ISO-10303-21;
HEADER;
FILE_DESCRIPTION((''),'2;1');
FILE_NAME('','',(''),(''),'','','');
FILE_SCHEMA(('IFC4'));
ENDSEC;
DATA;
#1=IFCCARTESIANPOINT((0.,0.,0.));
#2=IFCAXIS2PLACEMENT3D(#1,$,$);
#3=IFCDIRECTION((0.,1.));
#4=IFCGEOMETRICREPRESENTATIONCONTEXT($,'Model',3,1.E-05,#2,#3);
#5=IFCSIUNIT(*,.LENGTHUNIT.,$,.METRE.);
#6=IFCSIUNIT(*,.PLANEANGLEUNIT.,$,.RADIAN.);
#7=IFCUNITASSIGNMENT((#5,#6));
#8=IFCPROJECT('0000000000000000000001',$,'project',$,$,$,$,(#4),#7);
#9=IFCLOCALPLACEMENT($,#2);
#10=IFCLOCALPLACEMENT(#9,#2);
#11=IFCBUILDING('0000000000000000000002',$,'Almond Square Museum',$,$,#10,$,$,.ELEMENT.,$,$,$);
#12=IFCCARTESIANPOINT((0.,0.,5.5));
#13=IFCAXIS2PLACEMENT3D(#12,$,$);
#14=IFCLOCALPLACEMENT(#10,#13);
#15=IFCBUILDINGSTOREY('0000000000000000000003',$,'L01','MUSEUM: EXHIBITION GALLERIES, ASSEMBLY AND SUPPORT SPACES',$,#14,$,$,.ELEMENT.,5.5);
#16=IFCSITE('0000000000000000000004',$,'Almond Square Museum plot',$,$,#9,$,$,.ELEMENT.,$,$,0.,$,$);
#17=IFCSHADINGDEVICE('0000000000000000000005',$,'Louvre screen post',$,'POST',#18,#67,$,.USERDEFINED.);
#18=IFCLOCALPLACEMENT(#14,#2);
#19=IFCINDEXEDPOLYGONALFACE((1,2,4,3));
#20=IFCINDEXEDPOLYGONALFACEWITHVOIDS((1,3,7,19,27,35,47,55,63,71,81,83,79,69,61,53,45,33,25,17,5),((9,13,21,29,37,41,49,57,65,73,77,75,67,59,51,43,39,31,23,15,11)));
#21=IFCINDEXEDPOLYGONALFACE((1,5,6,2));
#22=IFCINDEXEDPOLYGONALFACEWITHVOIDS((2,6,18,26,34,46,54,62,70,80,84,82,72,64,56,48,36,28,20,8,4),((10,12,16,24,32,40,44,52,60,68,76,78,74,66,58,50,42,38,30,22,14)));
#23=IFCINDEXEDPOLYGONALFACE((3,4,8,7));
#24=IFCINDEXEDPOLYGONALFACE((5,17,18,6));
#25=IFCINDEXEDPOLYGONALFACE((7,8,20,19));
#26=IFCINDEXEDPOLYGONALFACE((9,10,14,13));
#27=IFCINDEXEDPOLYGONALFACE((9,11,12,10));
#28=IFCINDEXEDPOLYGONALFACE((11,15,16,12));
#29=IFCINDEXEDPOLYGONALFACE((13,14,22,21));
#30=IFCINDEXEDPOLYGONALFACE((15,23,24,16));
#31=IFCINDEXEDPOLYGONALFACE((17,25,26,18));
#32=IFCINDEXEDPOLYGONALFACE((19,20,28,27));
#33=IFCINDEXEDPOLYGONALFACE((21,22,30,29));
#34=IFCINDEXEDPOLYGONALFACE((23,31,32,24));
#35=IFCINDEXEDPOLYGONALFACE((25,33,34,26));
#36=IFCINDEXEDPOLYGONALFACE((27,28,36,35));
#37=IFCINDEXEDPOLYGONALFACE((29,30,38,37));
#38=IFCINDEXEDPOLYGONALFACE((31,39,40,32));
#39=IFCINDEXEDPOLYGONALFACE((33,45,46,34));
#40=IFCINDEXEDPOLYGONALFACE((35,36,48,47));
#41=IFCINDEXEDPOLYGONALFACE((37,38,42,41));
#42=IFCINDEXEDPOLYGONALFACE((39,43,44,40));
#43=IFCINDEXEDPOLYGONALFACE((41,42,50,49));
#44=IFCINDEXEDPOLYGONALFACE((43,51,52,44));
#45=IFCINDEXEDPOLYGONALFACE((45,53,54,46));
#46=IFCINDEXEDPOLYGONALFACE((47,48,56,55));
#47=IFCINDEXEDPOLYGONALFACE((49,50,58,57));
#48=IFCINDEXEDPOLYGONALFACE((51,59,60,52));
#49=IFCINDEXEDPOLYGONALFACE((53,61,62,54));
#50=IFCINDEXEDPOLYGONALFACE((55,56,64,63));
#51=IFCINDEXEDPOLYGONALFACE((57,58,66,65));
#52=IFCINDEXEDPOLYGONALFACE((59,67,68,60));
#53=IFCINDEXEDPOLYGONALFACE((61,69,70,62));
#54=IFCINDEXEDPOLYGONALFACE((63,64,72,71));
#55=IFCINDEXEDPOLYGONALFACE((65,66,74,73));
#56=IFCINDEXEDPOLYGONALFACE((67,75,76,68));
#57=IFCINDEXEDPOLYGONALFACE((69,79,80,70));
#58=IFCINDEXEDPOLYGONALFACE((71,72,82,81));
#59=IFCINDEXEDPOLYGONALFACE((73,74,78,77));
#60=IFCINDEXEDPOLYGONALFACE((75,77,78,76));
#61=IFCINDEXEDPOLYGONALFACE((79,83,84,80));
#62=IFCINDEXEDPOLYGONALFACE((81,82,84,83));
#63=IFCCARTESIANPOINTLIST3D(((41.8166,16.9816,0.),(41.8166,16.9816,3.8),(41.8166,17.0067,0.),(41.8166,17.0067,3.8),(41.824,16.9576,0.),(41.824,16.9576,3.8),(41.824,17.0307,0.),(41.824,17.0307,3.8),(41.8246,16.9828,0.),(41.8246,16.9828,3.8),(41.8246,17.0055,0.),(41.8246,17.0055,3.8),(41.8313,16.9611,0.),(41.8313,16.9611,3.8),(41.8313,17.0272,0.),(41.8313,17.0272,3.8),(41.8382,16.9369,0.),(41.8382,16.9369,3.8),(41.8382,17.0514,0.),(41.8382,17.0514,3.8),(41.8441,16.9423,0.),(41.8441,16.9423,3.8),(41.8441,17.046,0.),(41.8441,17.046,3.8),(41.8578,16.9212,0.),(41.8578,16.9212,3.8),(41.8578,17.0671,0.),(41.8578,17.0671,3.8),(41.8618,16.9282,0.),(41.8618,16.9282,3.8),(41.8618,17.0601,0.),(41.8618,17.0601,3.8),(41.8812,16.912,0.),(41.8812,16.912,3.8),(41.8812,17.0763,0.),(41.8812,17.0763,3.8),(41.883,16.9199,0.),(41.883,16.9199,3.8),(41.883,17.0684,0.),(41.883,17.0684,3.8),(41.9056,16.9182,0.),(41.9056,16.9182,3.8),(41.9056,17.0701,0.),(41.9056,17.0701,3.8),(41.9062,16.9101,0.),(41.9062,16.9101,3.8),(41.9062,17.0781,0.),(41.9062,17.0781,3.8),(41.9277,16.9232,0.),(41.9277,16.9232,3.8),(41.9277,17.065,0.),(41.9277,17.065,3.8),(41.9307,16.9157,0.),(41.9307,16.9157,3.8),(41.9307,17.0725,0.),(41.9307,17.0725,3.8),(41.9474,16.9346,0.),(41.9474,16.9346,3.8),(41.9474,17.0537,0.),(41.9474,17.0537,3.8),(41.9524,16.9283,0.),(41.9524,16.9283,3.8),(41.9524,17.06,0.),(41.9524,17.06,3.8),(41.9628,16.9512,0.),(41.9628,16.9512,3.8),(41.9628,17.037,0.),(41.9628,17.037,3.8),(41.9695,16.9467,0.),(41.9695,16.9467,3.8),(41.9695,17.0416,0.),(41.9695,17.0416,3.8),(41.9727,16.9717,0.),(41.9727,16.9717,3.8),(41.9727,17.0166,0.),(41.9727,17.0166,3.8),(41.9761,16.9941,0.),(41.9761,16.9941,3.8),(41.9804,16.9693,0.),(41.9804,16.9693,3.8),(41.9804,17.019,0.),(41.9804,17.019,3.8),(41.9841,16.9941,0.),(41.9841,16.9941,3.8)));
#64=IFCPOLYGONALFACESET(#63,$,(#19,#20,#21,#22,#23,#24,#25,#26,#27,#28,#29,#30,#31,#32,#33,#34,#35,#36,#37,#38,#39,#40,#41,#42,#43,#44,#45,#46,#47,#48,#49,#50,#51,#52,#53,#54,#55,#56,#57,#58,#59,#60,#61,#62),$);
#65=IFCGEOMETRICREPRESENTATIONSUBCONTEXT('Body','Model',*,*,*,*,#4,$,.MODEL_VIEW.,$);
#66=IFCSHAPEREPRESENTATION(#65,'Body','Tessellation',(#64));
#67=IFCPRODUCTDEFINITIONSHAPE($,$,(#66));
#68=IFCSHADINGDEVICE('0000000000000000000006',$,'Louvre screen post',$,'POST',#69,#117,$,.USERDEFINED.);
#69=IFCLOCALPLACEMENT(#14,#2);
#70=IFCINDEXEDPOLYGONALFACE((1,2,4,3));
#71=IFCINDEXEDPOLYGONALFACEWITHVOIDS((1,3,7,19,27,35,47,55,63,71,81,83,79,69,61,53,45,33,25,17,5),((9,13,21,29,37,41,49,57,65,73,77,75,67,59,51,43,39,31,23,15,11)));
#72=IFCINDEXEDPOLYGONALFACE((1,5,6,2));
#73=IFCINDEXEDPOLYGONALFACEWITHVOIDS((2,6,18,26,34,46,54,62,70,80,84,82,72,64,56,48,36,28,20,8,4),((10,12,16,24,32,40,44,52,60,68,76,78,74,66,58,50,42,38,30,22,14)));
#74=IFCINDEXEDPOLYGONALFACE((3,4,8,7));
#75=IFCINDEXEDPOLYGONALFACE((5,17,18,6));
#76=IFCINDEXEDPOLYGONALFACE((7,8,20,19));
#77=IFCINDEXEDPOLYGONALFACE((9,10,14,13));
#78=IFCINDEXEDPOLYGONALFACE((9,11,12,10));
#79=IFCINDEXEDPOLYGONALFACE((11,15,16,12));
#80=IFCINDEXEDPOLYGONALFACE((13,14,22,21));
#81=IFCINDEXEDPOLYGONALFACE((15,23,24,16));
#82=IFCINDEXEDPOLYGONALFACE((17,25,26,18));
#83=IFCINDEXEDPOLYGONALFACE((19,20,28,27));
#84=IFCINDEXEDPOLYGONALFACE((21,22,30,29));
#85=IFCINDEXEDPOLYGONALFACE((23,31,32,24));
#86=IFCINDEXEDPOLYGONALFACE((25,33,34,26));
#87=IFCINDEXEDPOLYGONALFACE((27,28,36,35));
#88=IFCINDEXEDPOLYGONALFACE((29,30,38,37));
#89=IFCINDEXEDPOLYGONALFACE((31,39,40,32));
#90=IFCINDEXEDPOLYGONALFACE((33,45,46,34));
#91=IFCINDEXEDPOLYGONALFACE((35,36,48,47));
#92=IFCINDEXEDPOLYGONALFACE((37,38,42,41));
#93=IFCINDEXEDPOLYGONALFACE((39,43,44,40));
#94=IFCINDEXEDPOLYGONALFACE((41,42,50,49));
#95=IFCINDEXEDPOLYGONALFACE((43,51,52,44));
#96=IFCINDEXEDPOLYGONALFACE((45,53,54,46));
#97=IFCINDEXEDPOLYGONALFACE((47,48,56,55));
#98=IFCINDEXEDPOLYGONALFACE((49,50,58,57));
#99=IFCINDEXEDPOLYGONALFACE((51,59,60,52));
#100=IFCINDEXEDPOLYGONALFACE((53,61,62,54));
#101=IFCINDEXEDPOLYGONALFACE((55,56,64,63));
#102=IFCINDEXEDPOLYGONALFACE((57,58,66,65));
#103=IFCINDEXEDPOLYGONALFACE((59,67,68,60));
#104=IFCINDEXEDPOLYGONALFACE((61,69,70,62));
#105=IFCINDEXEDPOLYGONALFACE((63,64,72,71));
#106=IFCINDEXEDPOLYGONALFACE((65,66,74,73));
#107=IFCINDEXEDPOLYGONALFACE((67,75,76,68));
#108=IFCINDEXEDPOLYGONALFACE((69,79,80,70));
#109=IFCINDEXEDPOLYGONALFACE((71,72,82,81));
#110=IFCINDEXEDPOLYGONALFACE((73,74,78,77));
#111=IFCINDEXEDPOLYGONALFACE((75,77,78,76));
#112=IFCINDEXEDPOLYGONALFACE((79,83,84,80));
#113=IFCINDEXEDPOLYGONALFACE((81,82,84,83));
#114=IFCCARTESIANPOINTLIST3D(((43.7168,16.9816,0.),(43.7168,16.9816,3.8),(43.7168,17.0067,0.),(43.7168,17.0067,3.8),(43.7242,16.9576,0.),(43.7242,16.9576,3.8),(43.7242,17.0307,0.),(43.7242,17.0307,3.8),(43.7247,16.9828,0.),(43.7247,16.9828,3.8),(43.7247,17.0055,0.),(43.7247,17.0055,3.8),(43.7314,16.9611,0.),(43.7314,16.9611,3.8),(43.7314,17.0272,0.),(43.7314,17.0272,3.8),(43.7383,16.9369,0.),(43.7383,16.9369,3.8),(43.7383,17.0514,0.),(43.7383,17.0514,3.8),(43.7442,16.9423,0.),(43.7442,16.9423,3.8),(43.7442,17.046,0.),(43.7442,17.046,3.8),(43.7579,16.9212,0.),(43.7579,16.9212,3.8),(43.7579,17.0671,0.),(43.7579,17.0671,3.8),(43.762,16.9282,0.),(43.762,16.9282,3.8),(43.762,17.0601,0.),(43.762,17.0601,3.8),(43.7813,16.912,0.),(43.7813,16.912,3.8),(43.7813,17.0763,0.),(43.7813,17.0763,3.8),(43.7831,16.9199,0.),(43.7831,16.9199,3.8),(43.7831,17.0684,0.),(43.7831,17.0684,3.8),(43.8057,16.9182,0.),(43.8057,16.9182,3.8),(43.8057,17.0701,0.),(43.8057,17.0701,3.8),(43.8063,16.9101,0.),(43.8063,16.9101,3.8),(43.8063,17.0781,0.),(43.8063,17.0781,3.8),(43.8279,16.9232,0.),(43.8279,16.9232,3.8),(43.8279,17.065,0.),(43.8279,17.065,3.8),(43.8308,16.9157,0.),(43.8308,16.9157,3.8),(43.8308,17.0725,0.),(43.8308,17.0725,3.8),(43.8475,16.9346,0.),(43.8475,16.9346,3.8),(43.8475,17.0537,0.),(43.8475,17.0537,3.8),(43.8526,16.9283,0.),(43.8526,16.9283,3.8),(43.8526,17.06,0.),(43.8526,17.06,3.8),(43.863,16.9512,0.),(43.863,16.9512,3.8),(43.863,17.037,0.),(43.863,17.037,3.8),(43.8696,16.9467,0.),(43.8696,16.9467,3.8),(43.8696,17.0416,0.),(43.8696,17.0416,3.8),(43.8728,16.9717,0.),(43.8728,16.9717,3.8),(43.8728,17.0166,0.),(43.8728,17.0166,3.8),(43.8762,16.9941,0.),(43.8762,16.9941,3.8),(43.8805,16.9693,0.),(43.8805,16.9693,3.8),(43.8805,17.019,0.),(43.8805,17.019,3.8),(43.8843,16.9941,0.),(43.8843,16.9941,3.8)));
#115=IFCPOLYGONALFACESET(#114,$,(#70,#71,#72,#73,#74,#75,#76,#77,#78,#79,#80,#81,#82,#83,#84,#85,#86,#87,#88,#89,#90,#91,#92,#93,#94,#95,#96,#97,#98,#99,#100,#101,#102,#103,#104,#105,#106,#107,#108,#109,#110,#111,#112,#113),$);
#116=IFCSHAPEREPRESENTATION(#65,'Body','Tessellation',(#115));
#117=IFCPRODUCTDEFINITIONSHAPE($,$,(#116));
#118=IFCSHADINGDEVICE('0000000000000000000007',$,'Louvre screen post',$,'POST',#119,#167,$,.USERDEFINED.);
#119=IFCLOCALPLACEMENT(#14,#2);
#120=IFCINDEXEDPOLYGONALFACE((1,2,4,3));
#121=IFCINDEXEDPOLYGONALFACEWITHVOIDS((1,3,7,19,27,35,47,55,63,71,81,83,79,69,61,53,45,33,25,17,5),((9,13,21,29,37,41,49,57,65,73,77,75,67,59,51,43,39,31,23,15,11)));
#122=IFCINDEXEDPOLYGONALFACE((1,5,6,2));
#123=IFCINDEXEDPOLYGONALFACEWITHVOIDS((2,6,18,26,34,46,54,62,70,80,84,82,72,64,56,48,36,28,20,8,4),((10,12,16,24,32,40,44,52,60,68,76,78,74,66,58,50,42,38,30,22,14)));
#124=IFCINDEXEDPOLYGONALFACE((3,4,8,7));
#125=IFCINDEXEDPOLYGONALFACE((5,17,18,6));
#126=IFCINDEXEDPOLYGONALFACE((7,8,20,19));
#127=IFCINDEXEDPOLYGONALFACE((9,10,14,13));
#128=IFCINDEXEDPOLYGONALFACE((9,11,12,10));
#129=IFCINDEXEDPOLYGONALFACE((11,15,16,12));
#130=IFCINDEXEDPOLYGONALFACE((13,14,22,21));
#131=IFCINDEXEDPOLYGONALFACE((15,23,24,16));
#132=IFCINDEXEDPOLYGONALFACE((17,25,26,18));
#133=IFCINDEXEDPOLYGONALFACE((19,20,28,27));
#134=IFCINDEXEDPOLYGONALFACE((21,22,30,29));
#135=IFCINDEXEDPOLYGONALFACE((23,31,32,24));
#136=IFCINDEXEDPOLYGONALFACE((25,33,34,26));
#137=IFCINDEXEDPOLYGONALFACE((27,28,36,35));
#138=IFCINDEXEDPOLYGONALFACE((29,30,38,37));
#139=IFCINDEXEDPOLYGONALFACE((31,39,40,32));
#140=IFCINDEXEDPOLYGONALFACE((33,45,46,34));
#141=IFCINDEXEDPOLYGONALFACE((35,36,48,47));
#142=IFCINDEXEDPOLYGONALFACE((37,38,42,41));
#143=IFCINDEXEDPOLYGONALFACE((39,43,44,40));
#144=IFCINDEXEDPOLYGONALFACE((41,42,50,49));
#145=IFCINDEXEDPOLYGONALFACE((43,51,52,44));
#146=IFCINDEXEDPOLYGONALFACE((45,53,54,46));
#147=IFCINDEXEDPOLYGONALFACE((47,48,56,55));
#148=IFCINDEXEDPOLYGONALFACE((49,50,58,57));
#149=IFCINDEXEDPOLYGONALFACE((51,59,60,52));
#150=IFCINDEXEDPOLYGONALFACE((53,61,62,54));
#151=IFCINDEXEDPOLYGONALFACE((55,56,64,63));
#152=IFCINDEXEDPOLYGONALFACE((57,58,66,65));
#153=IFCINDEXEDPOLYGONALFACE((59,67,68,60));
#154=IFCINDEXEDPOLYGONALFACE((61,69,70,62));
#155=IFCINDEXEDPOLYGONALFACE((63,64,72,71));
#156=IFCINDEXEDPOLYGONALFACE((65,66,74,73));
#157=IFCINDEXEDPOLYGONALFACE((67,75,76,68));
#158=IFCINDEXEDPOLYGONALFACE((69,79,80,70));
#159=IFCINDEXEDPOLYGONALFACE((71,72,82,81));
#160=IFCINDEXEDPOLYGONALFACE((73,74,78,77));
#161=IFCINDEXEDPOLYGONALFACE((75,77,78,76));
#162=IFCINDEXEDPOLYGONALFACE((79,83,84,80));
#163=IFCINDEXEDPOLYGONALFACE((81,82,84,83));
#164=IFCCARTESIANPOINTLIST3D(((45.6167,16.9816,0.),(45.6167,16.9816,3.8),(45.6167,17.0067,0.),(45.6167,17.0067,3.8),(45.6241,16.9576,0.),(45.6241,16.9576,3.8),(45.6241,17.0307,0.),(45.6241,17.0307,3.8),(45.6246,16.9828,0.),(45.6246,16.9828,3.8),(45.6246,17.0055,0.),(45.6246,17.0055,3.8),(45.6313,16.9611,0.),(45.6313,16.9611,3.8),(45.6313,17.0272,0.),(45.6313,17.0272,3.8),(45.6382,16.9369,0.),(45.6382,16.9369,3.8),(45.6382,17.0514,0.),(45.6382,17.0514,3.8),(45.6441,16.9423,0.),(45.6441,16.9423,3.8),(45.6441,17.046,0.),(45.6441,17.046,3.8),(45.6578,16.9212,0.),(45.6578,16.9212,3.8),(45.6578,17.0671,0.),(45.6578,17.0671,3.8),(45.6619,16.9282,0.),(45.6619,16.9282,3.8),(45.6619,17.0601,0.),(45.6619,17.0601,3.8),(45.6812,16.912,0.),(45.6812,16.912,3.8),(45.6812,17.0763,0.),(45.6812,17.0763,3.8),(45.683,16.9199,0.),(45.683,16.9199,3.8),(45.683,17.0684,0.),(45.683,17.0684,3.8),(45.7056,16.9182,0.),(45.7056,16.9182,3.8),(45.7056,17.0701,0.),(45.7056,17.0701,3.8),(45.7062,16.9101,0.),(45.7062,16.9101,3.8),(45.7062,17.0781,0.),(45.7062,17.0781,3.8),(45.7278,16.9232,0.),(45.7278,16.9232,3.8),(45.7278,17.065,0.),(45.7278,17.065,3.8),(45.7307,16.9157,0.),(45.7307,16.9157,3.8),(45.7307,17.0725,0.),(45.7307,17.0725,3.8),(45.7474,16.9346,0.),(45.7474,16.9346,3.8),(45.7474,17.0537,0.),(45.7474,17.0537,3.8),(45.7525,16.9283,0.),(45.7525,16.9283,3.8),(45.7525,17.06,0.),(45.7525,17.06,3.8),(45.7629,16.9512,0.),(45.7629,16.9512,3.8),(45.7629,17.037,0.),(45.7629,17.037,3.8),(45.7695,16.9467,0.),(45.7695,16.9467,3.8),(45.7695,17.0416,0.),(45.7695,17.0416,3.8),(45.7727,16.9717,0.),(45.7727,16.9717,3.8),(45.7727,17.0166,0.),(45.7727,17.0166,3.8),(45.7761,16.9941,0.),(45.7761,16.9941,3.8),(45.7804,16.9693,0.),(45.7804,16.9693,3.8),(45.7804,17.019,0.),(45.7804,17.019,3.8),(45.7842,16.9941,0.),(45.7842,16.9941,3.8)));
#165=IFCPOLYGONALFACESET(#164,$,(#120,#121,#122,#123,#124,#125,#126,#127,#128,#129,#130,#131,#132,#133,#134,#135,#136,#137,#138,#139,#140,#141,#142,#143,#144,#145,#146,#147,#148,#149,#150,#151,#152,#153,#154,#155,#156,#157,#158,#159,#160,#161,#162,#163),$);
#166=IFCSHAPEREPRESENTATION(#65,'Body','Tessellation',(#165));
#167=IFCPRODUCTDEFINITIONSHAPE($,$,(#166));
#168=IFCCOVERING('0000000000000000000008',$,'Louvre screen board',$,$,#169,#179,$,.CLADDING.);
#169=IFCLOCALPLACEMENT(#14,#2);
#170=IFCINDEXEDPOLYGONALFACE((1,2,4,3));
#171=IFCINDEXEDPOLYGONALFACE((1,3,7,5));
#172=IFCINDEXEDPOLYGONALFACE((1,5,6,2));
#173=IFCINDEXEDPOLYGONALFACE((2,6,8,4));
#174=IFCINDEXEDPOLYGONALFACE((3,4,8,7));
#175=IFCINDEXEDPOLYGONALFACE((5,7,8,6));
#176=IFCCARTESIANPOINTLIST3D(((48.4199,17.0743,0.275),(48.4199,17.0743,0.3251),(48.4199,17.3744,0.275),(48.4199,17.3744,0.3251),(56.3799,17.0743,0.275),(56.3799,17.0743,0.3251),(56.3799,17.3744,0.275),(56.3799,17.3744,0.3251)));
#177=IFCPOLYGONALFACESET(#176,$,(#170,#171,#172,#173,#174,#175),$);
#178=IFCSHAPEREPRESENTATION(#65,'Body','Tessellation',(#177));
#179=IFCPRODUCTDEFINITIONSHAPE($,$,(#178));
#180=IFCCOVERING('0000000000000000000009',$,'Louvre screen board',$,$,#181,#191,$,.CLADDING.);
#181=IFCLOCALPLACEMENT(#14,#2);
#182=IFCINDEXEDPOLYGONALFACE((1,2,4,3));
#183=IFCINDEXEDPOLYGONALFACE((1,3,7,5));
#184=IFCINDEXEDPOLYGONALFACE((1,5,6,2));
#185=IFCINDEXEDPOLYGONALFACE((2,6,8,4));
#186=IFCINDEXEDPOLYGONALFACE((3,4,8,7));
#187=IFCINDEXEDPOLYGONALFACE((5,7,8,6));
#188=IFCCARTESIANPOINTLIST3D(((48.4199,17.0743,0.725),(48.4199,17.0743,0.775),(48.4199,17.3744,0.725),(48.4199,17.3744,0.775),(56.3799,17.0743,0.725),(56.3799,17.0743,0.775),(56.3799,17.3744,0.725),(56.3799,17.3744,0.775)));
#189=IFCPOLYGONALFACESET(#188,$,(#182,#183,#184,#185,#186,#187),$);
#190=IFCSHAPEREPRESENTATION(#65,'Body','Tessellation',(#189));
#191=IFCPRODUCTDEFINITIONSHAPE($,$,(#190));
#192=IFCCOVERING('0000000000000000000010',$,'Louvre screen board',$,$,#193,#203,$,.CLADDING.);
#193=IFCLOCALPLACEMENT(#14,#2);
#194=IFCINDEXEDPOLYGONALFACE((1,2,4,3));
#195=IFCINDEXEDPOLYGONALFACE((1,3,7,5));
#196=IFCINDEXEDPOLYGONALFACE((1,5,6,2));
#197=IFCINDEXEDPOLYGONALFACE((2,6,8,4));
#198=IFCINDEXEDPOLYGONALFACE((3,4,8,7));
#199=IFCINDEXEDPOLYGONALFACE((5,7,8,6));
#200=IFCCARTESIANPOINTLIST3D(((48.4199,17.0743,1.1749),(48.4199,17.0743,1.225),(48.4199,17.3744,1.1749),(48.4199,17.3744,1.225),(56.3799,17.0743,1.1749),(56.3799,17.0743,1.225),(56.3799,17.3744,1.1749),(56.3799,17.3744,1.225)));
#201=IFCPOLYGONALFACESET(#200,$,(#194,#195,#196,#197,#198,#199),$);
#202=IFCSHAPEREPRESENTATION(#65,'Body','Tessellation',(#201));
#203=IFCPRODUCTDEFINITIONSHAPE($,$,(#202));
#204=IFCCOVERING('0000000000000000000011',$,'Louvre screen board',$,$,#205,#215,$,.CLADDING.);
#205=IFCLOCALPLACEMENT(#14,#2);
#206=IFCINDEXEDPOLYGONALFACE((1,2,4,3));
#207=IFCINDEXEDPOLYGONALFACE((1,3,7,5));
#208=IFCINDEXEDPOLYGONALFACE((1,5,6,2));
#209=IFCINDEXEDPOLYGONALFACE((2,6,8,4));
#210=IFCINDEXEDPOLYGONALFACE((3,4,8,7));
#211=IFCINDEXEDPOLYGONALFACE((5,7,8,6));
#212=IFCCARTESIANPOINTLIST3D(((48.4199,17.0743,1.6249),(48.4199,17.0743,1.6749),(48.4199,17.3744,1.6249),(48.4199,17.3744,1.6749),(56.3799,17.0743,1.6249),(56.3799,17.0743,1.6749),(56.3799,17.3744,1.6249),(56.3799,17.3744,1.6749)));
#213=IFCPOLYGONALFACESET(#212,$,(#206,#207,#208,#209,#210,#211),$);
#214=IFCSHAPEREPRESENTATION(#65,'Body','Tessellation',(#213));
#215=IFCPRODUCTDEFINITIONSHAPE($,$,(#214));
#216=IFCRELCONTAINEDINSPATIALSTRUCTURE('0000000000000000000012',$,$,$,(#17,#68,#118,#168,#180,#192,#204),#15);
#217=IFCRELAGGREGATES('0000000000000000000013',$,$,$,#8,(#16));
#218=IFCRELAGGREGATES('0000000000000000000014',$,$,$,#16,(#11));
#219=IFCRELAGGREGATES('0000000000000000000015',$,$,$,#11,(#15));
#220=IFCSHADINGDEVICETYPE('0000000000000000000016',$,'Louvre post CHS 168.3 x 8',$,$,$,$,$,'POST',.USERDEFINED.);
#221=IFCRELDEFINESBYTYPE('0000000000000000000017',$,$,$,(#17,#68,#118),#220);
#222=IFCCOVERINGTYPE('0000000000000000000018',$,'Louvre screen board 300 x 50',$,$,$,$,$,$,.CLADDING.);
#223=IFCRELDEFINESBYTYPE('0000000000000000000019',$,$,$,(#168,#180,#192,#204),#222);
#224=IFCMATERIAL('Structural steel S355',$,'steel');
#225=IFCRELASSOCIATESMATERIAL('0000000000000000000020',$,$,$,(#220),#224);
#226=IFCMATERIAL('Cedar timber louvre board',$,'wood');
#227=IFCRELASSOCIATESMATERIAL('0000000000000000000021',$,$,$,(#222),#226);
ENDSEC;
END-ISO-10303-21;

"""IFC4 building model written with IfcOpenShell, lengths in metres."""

from ifc_helpers import new_model, si_unit, direction, frame, origin, origin_2d, place, context, subcontext, project, spatial, rectangle, hollow_circle, extrude, material, material_profile, profile_set, type_object, element, save


model = new_model("IFC4")

# Units and contexts
model_context = context("Model", 3, precision=1e-05, world=origin(), true_north=direction((0.0, 1.0)))
body_context = subcontext(model_context, "Body", "Model", "MODEL_VIEW")
ifc_project = project(units=[si_unit("LENGTHUNIT", "METRE"), si_unit("PLANEANGLEUNIT", "RADIAN")], contexts=[model_context])

# Site, building, storey
site_placement = place(None, origin())
site = spatial("IfcSite", under=ifc_project, at=site_placement, Name="Almond Square Museum plot", CompositionType="ELEMENT", RefElevation=0.0)
building_placement = place(site_placement, origin())
building = spatial("IfcBuilding", under=site, at=building_placement, Name="Almond Square Museum", CompositionType="ELEMENT")
storey_placement = place(building_placement, frame((0.0, 0.0, 5.5)))
storey = spatial("IfcBuildingStorey", under=building, at=storey_placement, Name="L01", Description="MUSEUM: EXHIBITION GALLERIES, ASSEMBLY AND SUPPORT SPACES", CompositionType="ELEMENT", Elevation=5.5)

# Shading devices
ifc_material_1 = material(Name="Structural steel S355", Category="steel")
ifc_material_profile_1 = material_profile(ifc_material_1, hollow_circle(Radius=0.0842, WallThickness=0.0081, at=origin_2d()))
ifc_profile_set_1 = profile_set([ifc_material_profile_1], Name="Structural steel S355")
shading_device_type_1 = type_object("IfcShadingDeviceType", Name="Louvre post CHS 168.3 x 8", ElementType="POST", PredefinedType="USERDEFINED", material=ifc_profile_set_1)
for number, where, z_axis, x_axis, name in (
    (1, (41.8999, 16.9941, 0.0), (0.0, 0.0, 1.0), (1.0, 0.0, 0.0), "Louvre screen post"),
    (2, (43.8, 16.9941, 0.0), (0.0, 0.0, 1.0), (1.0, 0.0, 0.0), "Louvre screen post"),
    (3, (45.7, 16.9941, 0.0), (0.0, 0.0, 1.0), (1.0, 0.0, 0.0), "Louvre screen post"),
):
    element("IfcShadingDevice", number, at=place(storey_placement, frame(where, z_axis=z_axis, x_axis=x_axis)), inside=storey, type_object=shading_device_type_1, Name=name, ObjectType="POST", PredefinedType="USERDEFINED", context=body_context, shape_type="SweptSolid", body=[
        extrude(hollow_circle(Radius=0.0842, WallThickness=0.0081, at=origin_2d()), origin(), (0.0, 0.0, 1.0), 3.8),
    ])

# Coverings
ifc_material_2 = material(Name="Cedar timber louvre board", Category="wood")
ifc_material_profile_2 = material_profile(ifc_material_2, rectangle(XDim=0.3, YDim=0.05, at=origin_2d()))
ifc_profile_set_2 = profile_set([ifc_material_profile_2], Name="Cedar timber louvre board")
covering_type = type_object("IfcCoveringType", Name="Louvre screen board 300 x 50", PredefinedType="CLADDING", material=ifc_profile_set_2)
for number, where, z_axis, x_axis, name in (
    (4, (48.4199, 17.2244, 0.3), (1.0, 0.0, 0.0), (0.0, 1.0, 0.0), "Louvre screen board"),
    (5, (48.4199, 17.2244, 0.75), (1.0, 0.0, 0.0), (0.0, 1.0, 0.0), "Louvre screen board"),
    (6, (48.4199, 17.2244, 1.2), (1.0, 0.0, 0.0), (0.0, 1.0, 0.0), "Louvre screen board"),
    (7, (48.4199, 17.2244, 1.6499), (1.0, 0.0, 0.0), (0.0, 1.0, 0.0), "Louvre screen board"),
):
    element("IfcCovering", number, at=place(storey_placement, frame(where, z_axis=z_axis, x_axis=x_axis)), inside=storey, type_object=covering_type, Name=name, PredefinedType="CLADDING", context=body_context, shape_type="SweptSolid", body=[
        extrude(rectangle(XDim=0.3, YDim=0.05, at=origin_2d()), origin(), (0.0, 0.0, 1.0), 7.96),
    ])

save(model, "model.ifc")
